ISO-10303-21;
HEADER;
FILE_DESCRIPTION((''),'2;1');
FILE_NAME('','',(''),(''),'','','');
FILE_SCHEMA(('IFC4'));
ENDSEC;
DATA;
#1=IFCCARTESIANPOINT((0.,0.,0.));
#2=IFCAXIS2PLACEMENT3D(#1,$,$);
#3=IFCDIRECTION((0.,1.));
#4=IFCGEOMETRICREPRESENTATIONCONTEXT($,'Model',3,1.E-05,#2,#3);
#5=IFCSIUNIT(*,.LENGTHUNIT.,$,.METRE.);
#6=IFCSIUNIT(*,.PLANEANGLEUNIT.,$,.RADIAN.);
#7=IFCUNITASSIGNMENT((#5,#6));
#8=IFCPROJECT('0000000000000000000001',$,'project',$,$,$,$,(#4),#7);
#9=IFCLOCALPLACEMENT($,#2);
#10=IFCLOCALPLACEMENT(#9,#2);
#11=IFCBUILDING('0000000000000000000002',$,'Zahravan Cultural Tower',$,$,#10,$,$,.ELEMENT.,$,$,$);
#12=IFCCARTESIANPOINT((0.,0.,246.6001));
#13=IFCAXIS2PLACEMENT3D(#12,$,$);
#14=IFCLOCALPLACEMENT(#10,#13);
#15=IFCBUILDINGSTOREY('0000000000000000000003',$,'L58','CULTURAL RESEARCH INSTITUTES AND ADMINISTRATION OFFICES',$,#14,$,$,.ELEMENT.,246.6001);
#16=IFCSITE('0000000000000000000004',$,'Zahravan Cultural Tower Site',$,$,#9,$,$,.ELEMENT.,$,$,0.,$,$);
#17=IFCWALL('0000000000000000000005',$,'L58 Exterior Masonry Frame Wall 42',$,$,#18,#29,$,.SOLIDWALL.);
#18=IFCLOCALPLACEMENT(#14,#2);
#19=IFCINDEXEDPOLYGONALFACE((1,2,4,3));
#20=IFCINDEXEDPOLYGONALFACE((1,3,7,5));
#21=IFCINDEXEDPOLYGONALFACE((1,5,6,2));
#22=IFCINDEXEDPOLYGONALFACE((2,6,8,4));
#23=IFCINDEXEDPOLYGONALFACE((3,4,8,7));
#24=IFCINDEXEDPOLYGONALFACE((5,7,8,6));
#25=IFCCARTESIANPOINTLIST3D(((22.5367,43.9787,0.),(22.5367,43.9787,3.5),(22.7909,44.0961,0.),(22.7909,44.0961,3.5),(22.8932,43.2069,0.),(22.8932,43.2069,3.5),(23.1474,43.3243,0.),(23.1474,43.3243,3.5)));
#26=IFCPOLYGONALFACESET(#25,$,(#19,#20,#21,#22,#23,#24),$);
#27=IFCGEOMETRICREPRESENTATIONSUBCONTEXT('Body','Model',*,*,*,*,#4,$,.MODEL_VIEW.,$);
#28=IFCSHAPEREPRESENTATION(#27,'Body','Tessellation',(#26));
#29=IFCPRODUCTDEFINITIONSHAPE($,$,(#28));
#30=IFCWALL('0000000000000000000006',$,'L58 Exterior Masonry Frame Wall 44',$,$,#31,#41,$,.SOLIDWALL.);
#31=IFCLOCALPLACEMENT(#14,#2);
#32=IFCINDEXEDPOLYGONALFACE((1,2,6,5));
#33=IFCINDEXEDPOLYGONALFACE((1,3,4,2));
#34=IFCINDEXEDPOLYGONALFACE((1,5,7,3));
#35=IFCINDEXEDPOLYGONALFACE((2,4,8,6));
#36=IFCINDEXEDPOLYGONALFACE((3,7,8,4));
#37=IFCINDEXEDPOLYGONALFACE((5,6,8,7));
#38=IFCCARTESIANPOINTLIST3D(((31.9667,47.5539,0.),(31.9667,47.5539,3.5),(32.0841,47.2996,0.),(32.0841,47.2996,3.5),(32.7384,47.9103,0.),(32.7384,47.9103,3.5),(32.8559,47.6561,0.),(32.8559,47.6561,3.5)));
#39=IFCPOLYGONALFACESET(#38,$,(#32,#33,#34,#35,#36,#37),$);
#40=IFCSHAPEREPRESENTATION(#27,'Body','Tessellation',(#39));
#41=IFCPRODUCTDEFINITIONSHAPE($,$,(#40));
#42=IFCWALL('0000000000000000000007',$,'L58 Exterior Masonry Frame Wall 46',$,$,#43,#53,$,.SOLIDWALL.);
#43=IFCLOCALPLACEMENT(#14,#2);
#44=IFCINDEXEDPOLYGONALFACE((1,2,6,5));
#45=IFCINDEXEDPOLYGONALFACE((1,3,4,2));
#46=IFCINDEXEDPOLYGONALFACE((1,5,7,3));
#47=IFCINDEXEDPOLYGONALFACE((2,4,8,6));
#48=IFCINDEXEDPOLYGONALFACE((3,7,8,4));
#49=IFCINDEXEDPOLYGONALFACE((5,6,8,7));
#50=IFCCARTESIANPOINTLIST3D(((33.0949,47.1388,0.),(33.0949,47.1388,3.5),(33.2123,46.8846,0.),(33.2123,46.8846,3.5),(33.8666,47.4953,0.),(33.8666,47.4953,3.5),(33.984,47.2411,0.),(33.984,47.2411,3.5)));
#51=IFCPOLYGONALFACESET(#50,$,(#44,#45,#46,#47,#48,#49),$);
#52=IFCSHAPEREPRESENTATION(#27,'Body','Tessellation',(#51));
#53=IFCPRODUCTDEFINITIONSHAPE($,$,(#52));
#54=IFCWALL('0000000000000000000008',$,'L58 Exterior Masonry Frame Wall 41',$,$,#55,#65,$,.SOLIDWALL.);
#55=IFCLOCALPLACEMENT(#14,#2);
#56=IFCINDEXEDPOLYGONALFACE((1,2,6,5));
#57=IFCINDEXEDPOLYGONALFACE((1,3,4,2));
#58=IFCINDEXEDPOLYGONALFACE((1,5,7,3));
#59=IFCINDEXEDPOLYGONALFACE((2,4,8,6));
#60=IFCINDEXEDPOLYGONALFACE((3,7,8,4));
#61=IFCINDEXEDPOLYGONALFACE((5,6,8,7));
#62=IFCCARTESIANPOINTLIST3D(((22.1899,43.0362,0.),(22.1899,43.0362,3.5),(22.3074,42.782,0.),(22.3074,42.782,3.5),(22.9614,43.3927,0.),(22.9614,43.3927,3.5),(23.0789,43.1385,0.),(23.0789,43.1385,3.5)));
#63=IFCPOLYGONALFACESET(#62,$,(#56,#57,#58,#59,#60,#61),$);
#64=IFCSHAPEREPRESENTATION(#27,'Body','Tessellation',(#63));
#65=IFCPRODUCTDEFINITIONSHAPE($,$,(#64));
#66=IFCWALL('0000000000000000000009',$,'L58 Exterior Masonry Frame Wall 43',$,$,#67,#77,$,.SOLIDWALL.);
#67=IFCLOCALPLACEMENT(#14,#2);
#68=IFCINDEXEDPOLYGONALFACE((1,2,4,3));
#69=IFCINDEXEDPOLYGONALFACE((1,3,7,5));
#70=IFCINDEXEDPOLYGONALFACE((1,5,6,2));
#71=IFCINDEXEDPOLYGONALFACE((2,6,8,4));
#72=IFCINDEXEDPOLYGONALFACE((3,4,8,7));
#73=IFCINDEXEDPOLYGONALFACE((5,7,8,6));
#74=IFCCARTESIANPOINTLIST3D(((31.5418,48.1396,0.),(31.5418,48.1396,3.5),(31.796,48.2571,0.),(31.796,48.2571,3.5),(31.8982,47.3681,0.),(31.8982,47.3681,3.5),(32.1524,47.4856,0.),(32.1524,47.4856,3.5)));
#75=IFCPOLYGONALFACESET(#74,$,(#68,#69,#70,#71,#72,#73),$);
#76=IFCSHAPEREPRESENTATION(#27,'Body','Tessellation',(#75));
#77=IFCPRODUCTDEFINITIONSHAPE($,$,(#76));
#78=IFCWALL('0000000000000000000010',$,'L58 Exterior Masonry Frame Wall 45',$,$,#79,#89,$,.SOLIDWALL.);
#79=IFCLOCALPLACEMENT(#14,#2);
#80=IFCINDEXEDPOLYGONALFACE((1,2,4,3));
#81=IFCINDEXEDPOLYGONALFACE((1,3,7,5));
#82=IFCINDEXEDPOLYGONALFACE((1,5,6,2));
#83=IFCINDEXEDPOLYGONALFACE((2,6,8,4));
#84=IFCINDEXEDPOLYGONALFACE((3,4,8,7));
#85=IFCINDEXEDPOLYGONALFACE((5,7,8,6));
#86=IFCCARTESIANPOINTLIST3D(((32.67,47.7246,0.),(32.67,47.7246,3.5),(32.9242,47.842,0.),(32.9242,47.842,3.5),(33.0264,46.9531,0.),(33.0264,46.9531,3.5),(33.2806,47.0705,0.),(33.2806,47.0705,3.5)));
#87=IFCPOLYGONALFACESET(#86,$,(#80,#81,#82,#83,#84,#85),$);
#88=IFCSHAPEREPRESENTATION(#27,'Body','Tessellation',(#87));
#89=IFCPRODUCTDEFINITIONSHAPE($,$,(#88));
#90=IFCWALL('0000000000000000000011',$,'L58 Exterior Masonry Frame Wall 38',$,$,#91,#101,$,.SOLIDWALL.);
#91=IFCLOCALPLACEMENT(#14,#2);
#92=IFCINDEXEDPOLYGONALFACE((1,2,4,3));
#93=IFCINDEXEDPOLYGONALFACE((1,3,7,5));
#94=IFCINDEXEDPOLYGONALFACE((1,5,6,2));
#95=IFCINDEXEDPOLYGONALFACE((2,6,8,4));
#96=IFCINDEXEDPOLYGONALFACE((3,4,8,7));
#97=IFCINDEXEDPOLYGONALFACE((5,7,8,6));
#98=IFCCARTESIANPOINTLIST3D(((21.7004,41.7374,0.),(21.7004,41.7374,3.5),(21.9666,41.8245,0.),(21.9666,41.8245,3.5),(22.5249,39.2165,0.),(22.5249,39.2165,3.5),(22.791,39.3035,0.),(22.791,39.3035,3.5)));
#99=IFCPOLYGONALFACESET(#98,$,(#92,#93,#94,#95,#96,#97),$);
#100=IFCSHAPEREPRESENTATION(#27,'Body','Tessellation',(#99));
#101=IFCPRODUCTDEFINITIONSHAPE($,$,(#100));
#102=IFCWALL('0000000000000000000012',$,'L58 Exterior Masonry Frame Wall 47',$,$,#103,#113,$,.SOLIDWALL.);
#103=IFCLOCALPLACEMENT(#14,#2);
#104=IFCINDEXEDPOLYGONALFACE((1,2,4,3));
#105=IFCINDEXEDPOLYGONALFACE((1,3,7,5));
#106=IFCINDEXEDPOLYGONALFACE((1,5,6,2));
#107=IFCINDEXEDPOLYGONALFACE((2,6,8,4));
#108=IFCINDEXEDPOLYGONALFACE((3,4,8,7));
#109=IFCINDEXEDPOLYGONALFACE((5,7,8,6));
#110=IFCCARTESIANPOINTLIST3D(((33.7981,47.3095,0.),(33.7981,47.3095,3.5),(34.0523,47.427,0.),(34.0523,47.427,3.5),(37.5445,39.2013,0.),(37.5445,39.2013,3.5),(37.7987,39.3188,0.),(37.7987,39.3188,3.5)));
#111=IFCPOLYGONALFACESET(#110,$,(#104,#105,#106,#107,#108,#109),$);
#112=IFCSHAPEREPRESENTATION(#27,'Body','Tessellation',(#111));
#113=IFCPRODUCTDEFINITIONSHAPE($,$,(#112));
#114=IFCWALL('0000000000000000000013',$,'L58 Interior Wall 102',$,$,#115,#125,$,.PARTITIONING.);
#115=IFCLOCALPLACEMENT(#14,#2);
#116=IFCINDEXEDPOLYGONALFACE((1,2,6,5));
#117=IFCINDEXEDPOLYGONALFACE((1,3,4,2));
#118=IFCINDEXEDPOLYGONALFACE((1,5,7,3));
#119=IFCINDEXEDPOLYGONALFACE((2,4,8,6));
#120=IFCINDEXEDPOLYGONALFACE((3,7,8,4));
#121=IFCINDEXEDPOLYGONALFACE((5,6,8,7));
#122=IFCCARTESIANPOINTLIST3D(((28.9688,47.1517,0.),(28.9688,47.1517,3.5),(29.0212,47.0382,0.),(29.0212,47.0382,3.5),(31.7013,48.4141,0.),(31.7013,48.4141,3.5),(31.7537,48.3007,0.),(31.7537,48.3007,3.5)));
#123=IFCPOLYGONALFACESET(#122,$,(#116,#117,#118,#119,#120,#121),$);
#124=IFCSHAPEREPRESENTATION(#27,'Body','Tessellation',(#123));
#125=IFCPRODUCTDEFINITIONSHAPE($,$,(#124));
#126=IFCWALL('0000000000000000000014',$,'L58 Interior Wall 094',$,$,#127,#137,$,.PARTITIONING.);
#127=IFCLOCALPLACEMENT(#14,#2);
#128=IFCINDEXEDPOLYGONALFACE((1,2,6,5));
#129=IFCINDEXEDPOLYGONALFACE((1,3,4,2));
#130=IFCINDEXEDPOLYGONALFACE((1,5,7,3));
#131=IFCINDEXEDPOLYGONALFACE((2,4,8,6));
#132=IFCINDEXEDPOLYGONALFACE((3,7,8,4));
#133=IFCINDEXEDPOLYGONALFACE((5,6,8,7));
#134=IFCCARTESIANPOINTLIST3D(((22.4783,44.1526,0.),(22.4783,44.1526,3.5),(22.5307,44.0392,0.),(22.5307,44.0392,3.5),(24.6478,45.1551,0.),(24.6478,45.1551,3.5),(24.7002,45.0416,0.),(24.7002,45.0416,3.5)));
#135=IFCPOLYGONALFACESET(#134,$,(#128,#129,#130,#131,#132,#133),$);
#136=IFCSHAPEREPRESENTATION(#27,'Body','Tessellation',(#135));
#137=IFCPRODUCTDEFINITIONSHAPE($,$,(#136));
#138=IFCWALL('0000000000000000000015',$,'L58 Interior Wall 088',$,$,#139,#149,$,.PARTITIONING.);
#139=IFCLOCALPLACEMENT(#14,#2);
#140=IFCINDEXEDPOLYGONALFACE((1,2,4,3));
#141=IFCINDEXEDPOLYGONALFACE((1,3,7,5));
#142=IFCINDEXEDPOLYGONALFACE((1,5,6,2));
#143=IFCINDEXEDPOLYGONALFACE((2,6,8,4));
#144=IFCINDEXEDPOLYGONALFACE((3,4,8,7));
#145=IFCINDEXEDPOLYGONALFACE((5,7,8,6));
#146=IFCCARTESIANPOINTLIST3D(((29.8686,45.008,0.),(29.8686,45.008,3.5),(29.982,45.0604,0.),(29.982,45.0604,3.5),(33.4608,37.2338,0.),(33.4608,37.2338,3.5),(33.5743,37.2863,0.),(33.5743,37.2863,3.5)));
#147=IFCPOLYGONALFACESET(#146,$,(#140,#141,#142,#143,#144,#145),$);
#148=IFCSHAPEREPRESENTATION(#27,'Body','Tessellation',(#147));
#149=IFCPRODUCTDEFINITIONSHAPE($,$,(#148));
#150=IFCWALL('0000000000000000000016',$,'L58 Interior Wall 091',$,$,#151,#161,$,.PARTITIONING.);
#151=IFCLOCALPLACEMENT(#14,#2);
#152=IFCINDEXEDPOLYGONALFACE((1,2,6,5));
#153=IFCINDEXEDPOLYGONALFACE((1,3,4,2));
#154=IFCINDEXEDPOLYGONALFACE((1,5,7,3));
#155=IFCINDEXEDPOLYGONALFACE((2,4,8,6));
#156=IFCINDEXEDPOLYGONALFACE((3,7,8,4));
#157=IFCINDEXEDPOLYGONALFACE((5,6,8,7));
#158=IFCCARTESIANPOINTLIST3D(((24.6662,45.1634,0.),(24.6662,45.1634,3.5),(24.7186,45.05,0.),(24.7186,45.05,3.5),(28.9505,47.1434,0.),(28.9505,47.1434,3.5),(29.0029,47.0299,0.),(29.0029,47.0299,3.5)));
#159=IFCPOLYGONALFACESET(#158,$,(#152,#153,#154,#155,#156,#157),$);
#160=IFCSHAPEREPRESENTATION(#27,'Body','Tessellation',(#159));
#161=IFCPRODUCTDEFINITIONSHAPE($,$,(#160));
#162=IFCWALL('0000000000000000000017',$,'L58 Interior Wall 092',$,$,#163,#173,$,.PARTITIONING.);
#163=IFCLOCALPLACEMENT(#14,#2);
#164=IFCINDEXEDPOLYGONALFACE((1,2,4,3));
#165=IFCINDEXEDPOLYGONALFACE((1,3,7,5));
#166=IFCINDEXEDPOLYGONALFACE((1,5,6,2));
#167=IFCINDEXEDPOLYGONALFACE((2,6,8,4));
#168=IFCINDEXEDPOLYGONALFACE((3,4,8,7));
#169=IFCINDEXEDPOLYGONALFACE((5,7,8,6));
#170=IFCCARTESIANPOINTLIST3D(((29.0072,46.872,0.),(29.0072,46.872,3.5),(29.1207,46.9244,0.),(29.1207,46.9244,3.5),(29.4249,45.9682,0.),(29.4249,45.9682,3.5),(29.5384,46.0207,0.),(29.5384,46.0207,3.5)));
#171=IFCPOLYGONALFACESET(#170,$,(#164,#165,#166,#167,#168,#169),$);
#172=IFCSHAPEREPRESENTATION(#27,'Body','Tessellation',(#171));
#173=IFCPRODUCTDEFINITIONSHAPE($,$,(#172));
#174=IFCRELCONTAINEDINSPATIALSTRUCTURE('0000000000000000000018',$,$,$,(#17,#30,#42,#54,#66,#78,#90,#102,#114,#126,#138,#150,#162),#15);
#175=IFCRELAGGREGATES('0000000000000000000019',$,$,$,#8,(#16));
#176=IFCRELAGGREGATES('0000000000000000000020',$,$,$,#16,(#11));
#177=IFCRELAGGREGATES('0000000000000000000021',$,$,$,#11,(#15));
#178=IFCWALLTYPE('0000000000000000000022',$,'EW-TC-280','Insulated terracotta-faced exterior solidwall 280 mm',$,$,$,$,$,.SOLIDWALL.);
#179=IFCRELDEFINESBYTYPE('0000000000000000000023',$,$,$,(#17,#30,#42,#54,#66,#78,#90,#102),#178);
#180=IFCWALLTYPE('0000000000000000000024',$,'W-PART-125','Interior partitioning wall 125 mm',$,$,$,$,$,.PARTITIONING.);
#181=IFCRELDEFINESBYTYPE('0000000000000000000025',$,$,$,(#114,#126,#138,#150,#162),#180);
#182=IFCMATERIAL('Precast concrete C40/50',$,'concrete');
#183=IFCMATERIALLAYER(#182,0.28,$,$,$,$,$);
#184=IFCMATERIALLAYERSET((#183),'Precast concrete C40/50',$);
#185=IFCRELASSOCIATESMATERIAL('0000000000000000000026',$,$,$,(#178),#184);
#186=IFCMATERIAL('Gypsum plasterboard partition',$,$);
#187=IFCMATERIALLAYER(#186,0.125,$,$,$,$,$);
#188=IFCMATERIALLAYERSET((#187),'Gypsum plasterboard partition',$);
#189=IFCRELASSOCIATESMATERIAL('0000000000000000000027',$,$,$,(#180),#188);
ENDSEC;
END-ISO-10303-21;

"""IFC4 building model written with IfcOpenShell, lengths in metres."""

from ifc_helpers import new_model, si_unit, direction, frame, frame_2d, origin, place, context, subcontext, project, spatial, rectangle, extrude, source, transform, mapped, material, layer, layer_set, type_object, element, save


model = new_model("IFC4")

# Units and contexts
model_context = context("Model", 3, precision=1e-05, world=origin(), true_north=direction((0.0, 1.0)))
body_context = subcontext(model_context, "Body", "Model", "MODEL_VIEW")
ifc_project = project(units=[si_unit("LENGTHUNIT", "METRE"), si_unit("PLANEANGLEUNIT", "RADIAN")], contexts=[model_context])

# Site, building, storey
site_placement = place(None, origin())
site = spatial("IfcSite", under=ifc_project, at=site_placement, Name="Zahravan Cultural Tower Site", CompositionType="ELEMENT", RefElevation=0.0)
building_placement = place(site_placement, origin())
building = spatial("IfcBuilding", under=site, at=building_placement, Name="Zahravan Cultural Tower", CompositionType="ELEMENT")
storey_placement = place(building_placement, frame((0.0, 0.0, 246.6001)))
storey = spatial("IfcBuildingStorey", under=building, at=storey_placement, Name="L58", Description="CULTURAL RESEARCH INSTITUTES AND ADMINISTRATION OFFICES", CompositionType="ELEMENT", Elevation=246.6001)

# Walls
ifc_material_1 = material(Name="Precast concrete C40/50", Category="concrete")
ifc_layer_1 = layer(ifc_material_1, 0.28)
ifc_layer_set_1 = layer_set([ifc_layer_1], Name="Precast concrete C40/50")
wall_type_1 = type_object("IfcWallType", Name="EW-TC-280", Description="Insulated terracotta-faced exterior solidwall 280 mm", PredefinedType="SOLIDWALL", material=ifc_layer_set_1)
shared_shape_1 = source(origin(), body_context, "Body", "SweptSolid", [
    extrude(rectangle(XDim=0.8501, YDim=0.28, at=frame_2d((0.425, 0.0))), origin(), (0.0, 0.0, 1.0), 3.5),
])
for number, where, z_axis, x_axis, name in (
    (1, (23.0203, 43.2656, 0.0), (0.0, 0.0, 1.0), (-0.419313, 0.907842, 0.0), "L58 Exterior Masonry Frame Wall 42"),
    (2, (32.0254, 47.4268, 0.0), (0.0, 0.0, 1.0), (0.907842, 0.419313, 0.0), "L58 Exterior Masonry Frame Wall 44"),
    (3, (33.1536, 47.0117, 0.0), (0.0, 0.0, 1.0), (0.907842, 0.419313, 0.0), "L58 Exterior Masonry Frame Wall 46"),
):
    element("IfcWall", number, at=place(storey_placement, frame(where, z_axis=z_axis, x_axis=x_axis)), inside=storey, type_object=wall_type_1, Name=name, PredefinedType="SOLIDWALL", context=body_context, shape_type="MappedRepresentation", body=[
        mapped(shared_shape_1, transform((0.0, 0.0, 0.0), x_axis=(1.0, 0.0, 0.0), y_axis=(0.0, 1.0, 0.0), z_axis=(0.0, 0.0, 1.0), scale=1.0)),
    ])
shared_shape_2 = source(origin(), body_context, "Body", "SweptSolid", [
    extrude(rectangle(XDim=0.8499, YDim=0.28, at=frame_2d((0.4248, 0.0))), origin(), (0.0, 0.0, 1.0), 3.5),
])
for number, where, z_axis, x_axis, name in (
    (4, (22.2488, 42.9092, 0.0), (0.0, 0.0, 1.0), (0.907791, 0.419422, 0.0), "L58 Exterior Masonry Frame Wall 41"),
    (5, (31.6689, 48.1982, 0.0), (0.0, 0.0, 1.0), (0.419422, -0.907791, 0.0), "L58 Exterior Masonry Frame Wall 43"),
    (6, (32.7971, 47.7832, 0.0), (0.0, 0.0, 1.0), (0.419422, -0.907791, 0.0), "L58 Exterior Masonry Frame Wall 45"),
):
    element("IfcWall", number, at=place(storey_placement, frame(where, z_axis=z_axis, x_axis=x_axis)), inside=storey, type_object=wall_type_1, Name=name, PredefinedType="SOLIDWALL", context=body_context, shape_type="MappedRepresentation", body=[
        mapped(shared_shape_2, transform((0.0, 0.0, 0.0), x_axis=(1.0, 0.0, 0.0), y_axis=(0.0, 1.0, 0.0), z_axis=(0.0, 0.0, 1.0), scale=1.0)),
    ])
shared_shape_3 = source(origin(), body_context, "Body", "SweptSolid", [
    extrude(rectangle(XDim=2.6523, YDim=0.28, at=frame_2d((1.3262, 0.0))), origin(), (0.0, 0.0, 1.0), 3.5),
])
wall_1_placement = place(storey_placement, frame((22.658, 39.26, 0.0), z_axis=(0.0, 0.0, 1.0), x_axis=(-0.310838, 0.950463, 0.0)))
element("IfcWall", 7, at=wall_1_placement, inside=storey, type_object=wall_type_1, Name="L58 Exterior Masonry Frame Wall 38", PredefinedType="SOLIDWALL", context=body_context, shape_type="MappedRepresentation", body=[
    mapped(shared_shape_3, transform((0.0, 0.0, 0.0), x_axis=(1.0, 0.0, 0.0), y_axis=(0.0, 1.0, 0.0), z_axis=(0.0, 0.0, 1.0), scale=1.0)),
])
shared_shape_4 = source(origin(), body_context, "Body", "SweptSolid", [
    extrude(rectangle(XDim=8.9319, YDim=0.28, at=frame_2d((4.4658, 0.0))), origin(), (0.0, 0.0, 1.0), 3.5),
])
wall_2_placement = place(storey_placement, frame((33.9253, 47.3682, 0.0), z_axis=(0.0, 0.0, 1.0), x_axis=(0.419438, -0.907784, 0.0)))
element("IfcWall", 8, at=wall_2_placement, inside=storey, type_object=wall_type_1, Name="L58 Exterior Masonry Frame Wall 47", PredefinedType="SOLIDWALL", context=body_context, shape_type="MappedRepresentation", body=[
    mapped(shared_shape_4, transform((0.0, 0.0, 0.0), x_axis=(1.0, 0.0, 0.0), y_axis=(0.0, 1.0, 0.0), z_axis=(0.0, 0.0, 1.0), scale=1.0)),
])
ifc_material_2 = material(Name="Gypsum plasterboard partition")
ifc_layer_2 = layer(ifc_material_2, 0.125)
ifc_layer_set_2 = layer_set([ifc_layer_2], Name="Gypsum plasterboard partition")
wall_type_2 = type_object("IfcWallType", Name="W-PART-125", Description="Interior partitioning wall 125 mm", PredefinedType="PARTITIONING", material=ifc_layer_set_2)
shared_shape_5 = source(origin(), body_context, "Body", "SweptSolid", [
    extrude(rectangle(XDim=3.01, YDim=0.125, at=frame_2d((1.5049, 0.0))), origin(), (0.0, 0.0, 1.0), 3.5),
])
wall_3_placement = place(storey_placement, frame((28.9951, 47.095, 0.0), z_axis=(0.0, 0.0, 1.0), x_axis=(0.907791, 0.419423, 0.0)))
element("IfcWall", 9, at=wall_3_placement, inside=storey, type_object=wall_type_2, Name="L58 Interior Wall 102", PredefinedType="PARTITIONING", context=body_context, shape_type="MappedRepresentation", body=[
    mapped(shared_shape_5, transform((0.0, 0.0, 0.0), x_axis=(1.0, 0.0, 0.0), y_axis=(0.0, 1.0, 0.0), z_axis=(0.0, 0.0, 1.0), scale=1.0)),
])
shared_shape_6 = source(origin(), body_context, "Body", "SweptSolid", [
    extrude(rectangle(XDim=2.3899, YDim=0.125, at=frame_2d((1.1948, 0.0))), origin(), (0.0, 0.0, 1.0), 3.5),
])
wall_4_placement = place(storey_placement, frame((22.5046, 44.0959, 0.0), z_axis=(0.0, 0.0, 1.0), x_axis=(0.907774, 0.41946, 0.0)))
element("IfcWall", 10, at=wall_4_placement, inside=storey, type_object=wall_type_2, Name="L58 Interior Wall 094", PredefinedType="PARTITIONING", context=body_context, shape_type="MappedRepresentation", body=[
    mapped(shared_shape_6, transform((0.0, 0.0, 0.0), x_axis=(1.0, 0.0, 0.0), y_axis=(0.0, 1.0, 0.0), z_axis=(0.0, 0.0, 1.0), scale=1.0)),
])
shared_shape_7 = source(origin(), body_context, "Body", "SweptSolid", [
    extrude(rectangle(XDim=8.564, YDim=0.125, at=frame_2d((4.282, 0.0))), origin(), (0.0, 0.0, 1.0), 3.5),
])
wall_5_placement = place(storey_placement, frame((29.9253, 45.0342, 0.0), z_axis=(0.0, 0.0, 1.0), x_axis=(0.419463, -0.907772, 0.0)))
element("IfcWall", 11, at=wall_5_placement, inside=storey, type_object=wall_type_2, Name="L58 Interior Wall 088", PredefinedType="PARTITIONING", context=body_context, shape_type="MappedRepresentation", body=[
    mapped(shared_shape_7, transform((0.0, 0.0, 0.0), x_axis=(1.0, 0.0, 0.0), y_axis=(0.0, 1.0, 0.0), z_axis=(0.0, 0.0, 1.0), scale=1.0)),
])
shared_shape_8 = source(origin(), body_context, "Body", "SweptSolid", [
    extrude(rectangle(XDim=4.7197, YDim=0.125, at=frame_2d((2.3599, 0.0))), origin(), (0.0, 0.0, 1.0), 3.5),
])
wall_6_placement = place(storey_placement, frame((24.6924, 45.1067, 0.0), z_axis=(0.0, 0.0, 1.0), x_axis=(0.907753, 0.419504, 0.0)))
element("IfcWall", 12, at=wall_6_placement, inside=storey, type_object=wall_type_2, Name="L58 Interior Wall 091", PredefinedType="PARTITIONING", context=body_context, shape_type="MappedRepresentation", body=[
    mapped(shared_shape_8, transform((0.0, 0.0, 0.0), x_axis=(1.0, 0.0, 0.0), y_axis=(0.0, 1.0, 0.0), z_axis=(0.0, 0.0, 1.0), scale=1.0)),
])
shared_shape_9 = source(origin(), body_context, "Body", "SweptSolid", [
    extrude(rectangle(XDim=0.9956, YDim=0.125, at=frame_2d((0.4978, 0.0))), origin(), (0.0, 0.0, 1.0), 3.5),
])
wall_7_placement = place(storey_placement, frame((29.064, 46.8982, 0.0), z_axis=(0.0, 0.0, 1.0), x_axis=(0.41954, -0.907737, 0.0)))
element("IfcWall", 13, at=wall_7_placement, inside=storey, type_object=wall_type_2, Name="L58 Interior Wall 092", PredefinedType="PARTITIONING", context=body_context, shape_type="MappedRepresentation", body=[
    mapped(shared_shape_9, transform((0.0, 0.0, 0.0), x_axis=(1.0, 0.0, 0.0), y_axis=(0.0, 1.0, 0.0), z_axis=(0.0, 0.0, 1.0), scale=1.0)),
])

save(model, "model.ifc")
